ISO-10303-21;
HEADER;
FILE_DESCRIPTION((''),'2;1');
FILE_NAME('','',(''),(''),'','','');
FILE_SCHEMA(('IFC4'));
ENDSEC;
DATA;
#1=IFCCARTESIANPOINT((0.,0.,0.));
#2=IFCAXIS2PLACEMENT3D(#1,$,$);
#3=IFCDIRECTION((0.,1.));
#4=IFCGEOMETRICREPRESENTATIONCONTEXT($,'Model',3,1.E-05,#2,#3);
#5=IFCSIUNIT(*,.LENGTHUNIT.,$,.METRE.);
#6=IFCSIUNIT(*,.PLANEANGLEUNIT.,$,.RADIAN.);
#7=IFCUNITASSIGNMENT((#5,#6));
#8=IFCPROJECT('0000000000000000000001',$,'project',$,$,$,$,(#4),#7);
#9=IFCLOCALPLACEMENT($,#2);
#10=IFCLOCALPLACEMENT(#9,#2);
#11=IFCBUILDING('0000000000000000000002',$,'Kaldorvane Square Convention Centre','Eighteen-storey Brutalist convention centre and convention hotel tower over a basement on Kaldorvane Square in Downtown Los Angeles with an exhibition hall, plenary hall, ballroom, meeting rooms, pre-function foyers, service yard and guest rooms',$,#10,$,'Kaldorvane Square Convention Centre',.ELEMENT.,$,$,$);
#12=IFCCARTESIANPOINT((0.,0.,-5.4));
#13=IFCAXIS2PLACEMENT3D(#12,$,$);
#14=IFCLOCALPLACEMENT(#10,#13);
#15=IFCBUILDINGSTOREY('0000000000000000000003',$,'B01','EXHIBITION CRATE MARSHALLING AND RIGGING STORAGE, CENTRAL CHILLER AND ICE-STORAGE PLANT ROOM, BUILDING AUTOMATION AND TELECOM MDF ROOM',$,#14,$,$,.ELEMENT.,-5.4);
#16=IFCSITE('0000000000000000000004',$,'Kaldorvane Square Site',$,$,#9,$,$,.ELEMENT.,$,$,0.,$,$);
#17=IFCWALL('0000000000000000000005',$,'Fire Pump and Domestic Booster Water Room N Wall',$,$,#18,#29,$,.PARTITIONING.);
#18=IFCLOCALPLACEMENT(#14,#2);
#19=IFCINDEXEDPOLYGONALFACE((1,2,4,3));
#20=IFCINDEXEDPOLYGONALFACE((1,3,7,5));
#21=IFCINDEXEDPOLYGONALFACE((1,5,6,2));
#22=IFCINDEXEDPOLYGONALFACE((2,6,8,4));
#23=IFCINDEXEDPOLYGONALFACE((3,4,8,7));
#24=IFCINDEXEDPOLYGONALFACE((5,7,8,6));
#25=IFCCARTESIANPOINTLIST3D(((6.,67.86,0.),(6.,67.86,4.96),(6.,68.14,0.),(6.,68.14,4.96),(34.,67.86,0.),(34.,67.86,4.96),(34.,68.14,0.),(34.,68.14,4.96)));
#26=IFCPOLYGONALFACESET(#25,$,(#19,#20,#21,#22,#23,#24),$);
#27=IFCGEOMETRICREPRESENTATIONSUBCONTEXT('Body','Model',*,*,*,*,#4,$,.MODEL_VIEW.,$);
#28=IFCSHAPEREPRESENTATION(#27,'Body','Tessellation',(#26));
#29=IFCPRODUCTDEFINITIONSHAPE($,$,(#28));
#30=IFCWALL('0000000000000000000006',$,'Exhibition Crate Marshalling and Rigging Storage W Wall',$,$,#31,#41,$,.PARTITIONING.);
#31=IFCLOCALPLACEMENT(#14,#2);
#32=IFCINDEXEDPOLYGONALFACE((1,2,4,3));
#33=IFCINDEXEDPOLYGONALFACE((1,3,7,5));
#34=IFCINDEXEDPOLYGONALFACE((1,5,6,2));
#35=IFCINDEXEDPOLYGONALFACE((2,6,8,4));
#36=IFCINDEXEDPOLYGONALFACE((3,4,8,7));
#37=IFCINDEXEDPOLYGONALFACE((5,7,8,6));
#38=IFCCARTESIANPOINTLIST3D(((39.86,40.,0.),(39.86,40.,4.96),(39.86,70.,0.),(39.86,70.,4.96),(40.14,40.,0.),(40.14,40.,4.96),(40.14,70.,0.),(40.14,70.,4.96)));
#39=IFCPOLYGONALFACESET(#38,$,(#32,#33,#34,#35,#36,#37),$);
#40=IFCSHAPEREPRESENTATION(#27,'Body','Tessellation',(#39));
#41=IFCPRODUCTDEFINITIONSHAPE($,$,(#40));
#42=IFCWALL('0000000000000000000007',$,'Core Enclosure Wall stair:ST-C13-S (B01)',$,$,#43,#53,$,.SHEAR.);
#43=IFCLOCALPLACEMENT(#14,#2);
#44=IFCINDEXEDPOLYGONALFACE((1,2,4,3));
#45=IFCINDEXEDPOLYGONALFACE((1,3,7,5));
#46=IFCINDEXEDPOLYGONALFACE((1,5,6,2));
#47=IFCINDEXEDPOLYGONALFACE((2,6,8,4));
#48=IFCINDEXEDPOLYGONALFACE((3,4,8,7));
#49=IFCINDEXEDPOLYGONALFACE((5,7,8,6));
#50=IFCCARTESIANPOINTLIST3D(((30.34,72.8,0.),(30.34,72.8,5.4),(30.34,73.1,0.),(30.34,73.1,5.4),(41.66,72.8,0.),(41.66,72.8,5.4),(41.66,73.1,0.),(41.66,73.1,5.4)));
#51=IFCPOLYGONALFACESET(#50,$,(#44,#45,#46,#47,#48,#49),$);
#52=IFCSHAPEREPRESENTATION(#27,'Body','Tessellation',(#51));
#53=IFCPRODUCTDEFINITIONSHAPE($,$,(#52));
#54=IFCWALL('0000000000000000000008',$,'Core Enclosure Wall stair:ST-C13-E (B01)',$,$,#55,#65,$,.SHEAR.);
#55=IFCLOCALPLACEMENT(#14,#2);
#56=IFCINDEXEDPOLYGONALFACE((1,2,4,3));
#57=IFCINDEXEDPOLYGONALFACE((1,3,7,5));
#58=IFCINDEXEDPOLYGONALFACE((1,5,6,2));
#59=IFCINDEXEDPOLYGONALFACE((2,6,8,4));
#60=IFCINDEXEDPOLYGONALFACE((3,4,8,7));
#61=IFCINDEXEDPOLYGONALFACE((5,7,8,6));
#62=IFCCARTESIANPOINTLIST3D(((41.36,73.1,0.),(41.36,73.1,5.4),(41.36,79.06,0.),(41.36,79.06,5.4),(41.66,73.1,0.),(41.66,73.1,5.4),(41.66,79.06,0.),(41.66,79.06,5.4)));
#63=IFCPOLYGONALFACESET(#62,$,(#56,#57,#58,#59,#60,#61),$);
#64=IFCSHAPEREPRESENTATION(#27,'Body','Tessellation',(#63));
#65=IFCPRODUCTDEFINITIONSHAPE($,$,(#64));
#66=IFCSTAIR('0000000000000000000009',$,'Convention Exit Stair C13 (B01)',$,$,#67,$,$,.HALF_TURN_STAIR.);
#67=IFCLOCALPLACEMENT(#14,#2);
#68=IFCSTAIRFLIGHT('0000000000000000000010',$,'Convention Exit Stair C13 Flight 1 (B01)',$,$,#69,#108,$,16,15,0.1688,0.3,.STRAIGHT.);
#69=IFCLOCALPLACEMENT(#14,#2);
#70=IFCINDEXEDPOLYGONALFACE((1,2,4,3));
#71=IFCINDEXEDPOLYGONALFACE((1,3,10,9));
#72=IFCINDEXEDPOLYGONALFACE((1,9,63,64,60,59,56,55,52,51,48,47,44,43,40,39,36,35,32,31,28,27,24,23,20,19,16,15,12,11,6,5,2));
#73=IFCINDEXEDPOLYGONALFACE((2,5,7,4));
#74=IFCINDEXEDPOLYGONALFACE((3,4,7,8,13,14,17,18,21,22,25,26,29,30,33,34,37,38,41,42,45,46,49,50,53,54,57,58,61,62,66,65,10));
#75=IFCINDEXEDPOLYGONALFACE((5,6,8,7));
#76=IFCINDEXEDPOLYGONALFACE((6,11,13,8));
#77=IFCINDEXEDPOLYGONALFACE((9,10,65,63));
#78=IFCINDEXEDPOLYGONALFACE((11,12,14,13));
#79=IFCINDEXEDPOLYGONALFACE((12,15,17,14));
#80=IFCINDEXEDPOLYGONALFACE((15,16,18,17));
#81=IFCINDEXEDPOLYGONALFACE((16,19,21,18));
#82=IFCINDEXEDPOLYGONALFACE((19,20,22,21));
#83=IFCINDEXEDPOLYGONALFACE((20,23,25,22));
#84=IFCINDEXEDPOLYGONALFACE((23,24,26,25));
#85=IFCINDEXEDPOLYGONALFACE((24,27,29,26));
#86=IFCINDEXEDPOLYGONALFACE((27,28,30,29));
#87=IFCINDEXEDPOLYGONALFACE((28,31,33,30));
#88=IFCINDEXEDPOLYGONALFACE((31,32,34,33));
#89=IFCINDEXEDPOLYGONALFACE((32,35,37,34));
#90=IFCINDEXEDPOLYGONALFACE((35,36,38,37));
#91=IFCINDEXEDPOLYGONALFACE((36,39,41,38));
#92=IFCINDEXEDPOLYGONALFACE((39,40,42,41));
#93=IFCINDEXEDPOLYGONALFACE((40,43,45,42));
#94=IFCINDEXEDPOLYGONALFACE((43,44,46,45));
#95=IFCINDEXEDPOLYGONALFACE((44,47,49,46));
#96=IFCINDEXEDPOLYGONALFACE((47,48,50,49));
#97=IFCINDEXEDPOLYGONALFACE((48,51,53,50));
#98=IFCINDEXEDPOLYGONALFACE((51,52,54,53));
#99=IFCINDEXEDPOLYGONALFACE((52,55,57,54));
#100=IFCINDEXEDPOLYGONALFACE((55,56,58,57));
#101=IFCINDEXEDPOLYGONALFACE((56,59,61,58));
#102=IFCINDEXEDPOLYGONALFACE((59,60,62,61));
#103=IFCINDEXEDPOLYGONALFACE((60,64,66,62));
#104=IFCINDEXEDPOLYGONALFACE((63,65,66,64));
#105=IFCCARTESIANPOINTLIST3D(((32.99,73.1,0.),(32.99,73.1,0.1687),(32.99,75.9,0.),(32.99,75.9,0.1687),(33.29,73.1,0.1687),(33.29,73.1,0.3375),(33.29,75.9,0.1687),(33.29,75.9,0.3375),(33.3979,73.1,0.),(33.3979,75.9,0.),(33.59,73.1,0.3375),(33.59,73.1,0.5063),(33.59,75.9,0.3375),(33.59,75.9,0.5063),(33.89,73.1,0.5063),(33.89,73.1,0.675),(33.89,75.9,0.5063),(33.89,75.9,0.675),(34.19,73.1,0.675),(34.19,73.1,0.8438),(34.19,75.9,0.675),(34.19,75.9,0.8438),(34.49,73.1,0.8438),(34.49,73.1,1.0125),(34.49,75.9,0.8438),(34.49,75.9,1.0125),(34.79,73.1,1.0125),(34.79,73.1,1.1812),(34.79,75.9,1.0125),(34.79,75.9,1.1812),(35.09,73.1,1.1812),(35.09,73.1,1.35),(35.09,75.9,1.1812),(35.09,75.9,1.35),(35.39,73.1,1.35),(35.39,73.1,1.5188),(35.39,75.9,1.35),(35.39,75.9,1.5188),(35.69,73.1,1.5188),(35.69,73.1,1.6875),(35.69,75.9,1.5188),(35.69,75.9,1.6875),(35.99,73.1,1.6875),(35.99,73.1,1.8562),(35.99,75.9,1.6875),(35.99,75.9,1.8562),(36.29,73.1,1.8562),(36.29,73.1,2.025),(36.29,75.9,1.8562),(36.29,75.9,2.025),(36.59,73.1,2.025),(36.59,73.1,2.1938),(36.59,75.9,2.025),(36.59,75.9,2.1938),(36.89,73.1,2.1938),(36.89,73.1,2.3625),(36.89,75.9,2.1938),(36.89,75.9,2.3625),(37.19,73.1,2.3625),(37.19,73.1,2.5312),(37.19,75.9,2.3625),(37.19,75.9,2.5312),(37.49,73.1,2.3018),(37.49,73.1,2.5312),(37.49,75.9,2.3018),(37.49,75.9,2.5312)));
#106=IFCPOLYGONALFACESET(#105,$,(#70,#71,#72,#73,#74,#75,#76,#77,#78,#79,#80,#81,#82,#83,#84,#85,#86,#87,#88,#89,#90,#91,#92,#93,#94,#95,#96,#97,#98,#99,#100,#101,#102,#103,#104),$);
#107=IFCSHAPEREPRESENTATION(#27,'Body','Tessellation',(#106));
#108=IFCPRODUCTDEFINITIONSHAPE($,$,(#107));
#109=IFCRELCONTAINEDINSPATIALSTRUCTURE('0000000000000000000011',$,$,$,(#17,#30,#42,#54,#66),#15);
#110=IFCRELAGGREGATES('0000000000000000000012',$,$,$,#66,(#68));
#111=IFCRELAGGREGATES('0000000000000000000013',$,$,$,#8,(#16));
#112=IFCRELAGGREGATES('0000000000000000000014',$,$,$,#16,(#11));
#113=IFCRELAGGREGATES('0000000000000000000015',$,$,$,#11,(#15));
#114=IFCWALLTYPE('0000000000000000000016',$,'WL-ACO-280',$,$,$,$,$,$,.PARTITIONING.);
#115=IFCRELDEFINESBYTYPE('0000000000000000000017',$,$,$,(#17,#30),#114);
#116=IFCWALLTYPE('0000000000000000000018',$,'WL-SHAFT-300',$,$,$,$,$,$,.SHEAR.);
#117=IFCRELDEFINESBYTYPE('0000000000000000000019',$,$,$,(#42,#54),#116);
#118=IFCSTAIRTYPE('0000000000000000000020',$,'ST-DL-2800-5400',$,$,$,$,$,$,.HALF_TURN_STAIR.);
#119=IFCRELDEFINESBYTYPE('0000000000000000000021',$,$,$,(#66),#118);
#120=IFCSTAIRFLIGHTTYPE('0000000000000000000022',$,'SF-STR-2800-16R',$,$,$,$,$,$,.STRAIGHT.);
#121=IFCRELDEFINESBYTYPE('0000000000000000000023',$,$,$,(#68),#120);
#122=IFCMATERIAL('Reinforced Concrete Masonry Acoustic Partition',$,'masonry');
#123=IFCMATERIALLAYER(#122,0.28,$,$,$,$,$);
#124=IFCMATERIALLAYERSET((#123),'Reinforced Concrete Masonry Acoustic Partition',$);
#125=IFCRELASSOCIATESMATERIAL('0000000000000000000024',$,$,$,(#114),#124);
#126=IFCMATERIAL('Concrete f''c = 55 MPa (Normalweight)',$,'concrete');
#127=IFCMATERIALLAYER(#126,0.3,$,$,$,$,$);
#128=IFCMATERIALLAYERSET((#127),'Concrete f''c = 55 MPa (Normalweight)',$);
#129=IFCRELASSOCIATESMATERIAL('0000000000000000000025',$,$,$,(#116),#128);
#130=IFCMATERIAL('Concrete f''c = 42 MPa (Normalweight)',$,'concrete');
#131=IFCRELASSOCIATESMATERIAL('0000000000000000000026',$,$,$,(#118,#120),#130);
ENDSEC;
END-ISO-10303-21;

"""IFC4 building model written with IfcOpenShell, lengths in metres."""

from ifc_helpers import new_model, si_unit, direction, frame, frame_2d, origin, place, context, subcontext, project, spatial, polyline, rectangle, outline, extrude, material, layer, layer_set, type_object, element, aggregate, save


model = new_model("IFC4")

# Units and contexts
model_context = context("Model", 3, precision=1e-05, world=origin(), true_north=direction((0.0, 1.0)))
body_context = subcontext(model_context, "Body", "Model", "MODEL_VIEW")
ifc_project = project(units=[si_unit("LENGTHUNIT", "METRE"), si_unit("PLANEANGLEUNIT", "RADIAN")], contexts=[model_context])

# Site, building, storey
site_placement = place(None, origin())
site = spatial("IfcSite", under=ifc_project, at=site_placement, Name="Kaldorvane Square Site", CompositionType="ELEMENT", RefElevation=0.0)
building_placement = place(site_placement, origin())
building = spatial("IfcBuilding", under=site, at=building_placement, Name="Kaldorvane Square Convention Centre", Description="Eighteen-storey Brutalist convention centre and convention hotel tower over a basement on Kaldorvane Square in Downtown Los Angeles with an exhibition hall, plenary hall, ballroom, meeting rooms, pre-function foyers, service yard and guest rooms", LongName="Kaldorvane Square Convention Centre", CompositionType="ELEMENT")
storey_placement = place(building_placement, frame((0.0, 0.0, -5.4)))
storey = spatial("IfcBuildingStorey", under=building, at=storey_placement, Name="B01", Description="EXHIBITION CRATE MARSHALLING AND RIGGING STORAGE, CENTRAL CHILLER AND ICE-STORAGE PLANT ROOM, BUILDING AUTOMATION AND TELECOM MDF ROOM", CompositionType="ELEMENT", Elevation=-5.4)

# Shared definitions
ifc_material_1 = material(Name="Concrete f'c = 42 MPa (Normalweight)", Category="concrete")

# Shared definitions
ifc_material_2 = material(Name="Concrete f'c = 55 MPa (Normalweight)", Category="concrete")

# Walls
ifc_material_3 = material(Name="Reinforced Concrete Masonry Acoustic Partition", Category="masonry")
ifc_layer_1 = layer(ifc_material_3, 0.28)
ifc_layer_set_1 = layer_set([ifc_layer_1], Name="Reinforced Concrete Masonry Acoustic Partition")
wall_type_1 = type_object("IfcWallType", Name="WL-ACO-280", PredefinedType="PARTITIONING", material=ifc_layer_set_1)
wall_1_placement = place(storey_placement, frame((34.0, 68.0, 0.0), z_axis=(0.0, 0.0, 1.0), x_axis=(-1.0, 0.0, 0.0)))
element("IfcWall", 1, at=wall_1_placement, inside=storey, type_object=wall_type_1, Name="Fire Pump and Domestic Booster Water Room N Wall", PredefinedType="PARTITIONING", context=body_context, shape_type="SweptSolid", body=[
    extrude(rectangle(XDim=28.0, YDim=0.28, at=frame_2d((14.0, 0.0))), origin(), (0.0, 0.0, 1.0), 4.96),
])
wall_2_placement = place(storey_placement, frame((40.0, 70.0, 0.0), z_axis=(0.0, 0.0, 1.0), x_axis=(0.0, -1.0, 0.0)))
element("IfcWall", 2, at=wall_2_placement, inside=storey, type_object=wall_type_1, Name="Exhibition Crate Marshalling and Rigging Storage W Wall", PredefinedType="PARTITIONING", context=body_context, shape_type="SweptSolid", body=[
    extrude(rectangle(XDim=30.0, YDim=0.28, at=frame_2d((15.0, 0.0))), origin(), (0.0, 0.0, 1.0), 4.96),
])
ifc_layer_2 = layer(ifc_material_2, 0.3)
ifc_layer_set_2 = layer_set([ifc_layer_2], Name="Concrete f'c = 55 MPa (Normalweight)")
wall_type_2 = type_object("IfcWallType", Name="WL-SHAFT-300", PredefinedType="SHEAR", material=ifc_layer_set_2)
wall_3_placement = place(storey_placement, frame((30.34, 72.95, 0.0), z_axis=(0.0, 0.0, 1.0), x_axis=(1.0, 0.0, 0.0)))
element("IfcWall", 3, at=wall_3_placement, inside=storey, type_object=wall_type_2, Name="Core Enclosure Wall stair:ST-C13-S (B01)", PredefinedType="SHEAR", context=body_context, shape_type="SweptSolid", body=[
    extrude(rectangle(XDim=11.32, YDim=0.3, at=frame_2d((5.66, 0.0))), origin(), (0.0, 0.0, 1.0), 5.4),
])
wall_4_placement = place(storey_placement, frame((41.51, 73.1, 0.0), z_axis=(0.0, 0.0, 1.0), x_axis=(0.0, 1.0, 0.0)))
element("IfcWall", 4, at=wall_4_placement, inside=storey, type_object=wall_type_2, Name="Core Enclosure Wall stair:ST-C13-E (B01)", PredefinedType="SHEAR", context=body_context, shape_type="SweptSolid", body=[
    extrude(rectangle(XDim=5.96, YDim=0.3, at=frame_2d((2.98, 0.0))), origin(), (0.0, 0.0, 1.0), 5.4),
])

# Stair, stair flight
stair_type = type_object("IfcStairType", Name="ST-DL-2800-5400", PredefinedType="HALF_TURN_STAIR", material=ifc_material_1)
stair_placement = place(storey_placement, origin())
stair = element("IfcStair", 5, at=stair_placement, inside=storey, type_object=stair_type, Name="Convention Exit Stair C13 (B01)", PredefinedType="HALF_TURN_STAIR")
stair_flight_type = type_object("IfcStairFlightType", Name="SF-STR-2800-16R", PredefinedType="STRAIGHT", material=ifc_material_1)
stair_flight_placement = place(storey_placement, frame((32.99, 74.5, 0.0), z_axis=(0.0, 0.0, 1.0), x_axis=(1.0, 0.0, 0.0)))
stair_flight = element("IfcStairFlight", 6, at=stair_flight_placement, type_object=stair_flight_type, Name="Convention Exit Stair C13 Flight 1 (B01)", NumberOfRisers=16, NumberOfTreads=15, PredefinedType="STRAIGHT", RiserHeight=0.1688, TreadLength=0.3, context=body_context, shape_type="SweptSolid", body=[
    extrude(outline(polyline([(0.0, 0.0), (0.0, 0.1687), (0.3, 0.1687), (0.3, 0.3375), (0.6, 0.3375), (0.6, 0.5063), (0.9, 0.5063), (0.9, 0.675), (1.2, 0.675), (1.2, 0.8438), (1.5, 0.8438), (1.5, 1.0125), (1.8, 1.0125), (1.8, 1.1812), (2.1, 1.1812), (2.1, 1.35), (2.4, 1.35), (2.4, 1.5188), (2.7, 1.5188), (2.7, 1.6875), (3.0, 1.6875), (3.0, 1.8562), (3.3, 1.8562), (3.3, 2.025), (3.6, 2.025), (3.6, 2.1938), (3.9, 2.1938), (3.9, 2.3625), (4.2, 2.3625), (4.2, 2.5312), (4.5, 2.5312), (4.5, 2.7), (4.5, 2.3018), (0.4079, 0.0), (0.0, 0.0)])), frame((0.0, 1.4, 0.0), z_axis=(0.0, -1.0, 0.0), x_axis=(1.0, 0.0, 0.0)), (0.0, 0.0, 1.0), 2.8),
])
aggregate(stair, [stair_flight])

save(model, "model.ifc")
